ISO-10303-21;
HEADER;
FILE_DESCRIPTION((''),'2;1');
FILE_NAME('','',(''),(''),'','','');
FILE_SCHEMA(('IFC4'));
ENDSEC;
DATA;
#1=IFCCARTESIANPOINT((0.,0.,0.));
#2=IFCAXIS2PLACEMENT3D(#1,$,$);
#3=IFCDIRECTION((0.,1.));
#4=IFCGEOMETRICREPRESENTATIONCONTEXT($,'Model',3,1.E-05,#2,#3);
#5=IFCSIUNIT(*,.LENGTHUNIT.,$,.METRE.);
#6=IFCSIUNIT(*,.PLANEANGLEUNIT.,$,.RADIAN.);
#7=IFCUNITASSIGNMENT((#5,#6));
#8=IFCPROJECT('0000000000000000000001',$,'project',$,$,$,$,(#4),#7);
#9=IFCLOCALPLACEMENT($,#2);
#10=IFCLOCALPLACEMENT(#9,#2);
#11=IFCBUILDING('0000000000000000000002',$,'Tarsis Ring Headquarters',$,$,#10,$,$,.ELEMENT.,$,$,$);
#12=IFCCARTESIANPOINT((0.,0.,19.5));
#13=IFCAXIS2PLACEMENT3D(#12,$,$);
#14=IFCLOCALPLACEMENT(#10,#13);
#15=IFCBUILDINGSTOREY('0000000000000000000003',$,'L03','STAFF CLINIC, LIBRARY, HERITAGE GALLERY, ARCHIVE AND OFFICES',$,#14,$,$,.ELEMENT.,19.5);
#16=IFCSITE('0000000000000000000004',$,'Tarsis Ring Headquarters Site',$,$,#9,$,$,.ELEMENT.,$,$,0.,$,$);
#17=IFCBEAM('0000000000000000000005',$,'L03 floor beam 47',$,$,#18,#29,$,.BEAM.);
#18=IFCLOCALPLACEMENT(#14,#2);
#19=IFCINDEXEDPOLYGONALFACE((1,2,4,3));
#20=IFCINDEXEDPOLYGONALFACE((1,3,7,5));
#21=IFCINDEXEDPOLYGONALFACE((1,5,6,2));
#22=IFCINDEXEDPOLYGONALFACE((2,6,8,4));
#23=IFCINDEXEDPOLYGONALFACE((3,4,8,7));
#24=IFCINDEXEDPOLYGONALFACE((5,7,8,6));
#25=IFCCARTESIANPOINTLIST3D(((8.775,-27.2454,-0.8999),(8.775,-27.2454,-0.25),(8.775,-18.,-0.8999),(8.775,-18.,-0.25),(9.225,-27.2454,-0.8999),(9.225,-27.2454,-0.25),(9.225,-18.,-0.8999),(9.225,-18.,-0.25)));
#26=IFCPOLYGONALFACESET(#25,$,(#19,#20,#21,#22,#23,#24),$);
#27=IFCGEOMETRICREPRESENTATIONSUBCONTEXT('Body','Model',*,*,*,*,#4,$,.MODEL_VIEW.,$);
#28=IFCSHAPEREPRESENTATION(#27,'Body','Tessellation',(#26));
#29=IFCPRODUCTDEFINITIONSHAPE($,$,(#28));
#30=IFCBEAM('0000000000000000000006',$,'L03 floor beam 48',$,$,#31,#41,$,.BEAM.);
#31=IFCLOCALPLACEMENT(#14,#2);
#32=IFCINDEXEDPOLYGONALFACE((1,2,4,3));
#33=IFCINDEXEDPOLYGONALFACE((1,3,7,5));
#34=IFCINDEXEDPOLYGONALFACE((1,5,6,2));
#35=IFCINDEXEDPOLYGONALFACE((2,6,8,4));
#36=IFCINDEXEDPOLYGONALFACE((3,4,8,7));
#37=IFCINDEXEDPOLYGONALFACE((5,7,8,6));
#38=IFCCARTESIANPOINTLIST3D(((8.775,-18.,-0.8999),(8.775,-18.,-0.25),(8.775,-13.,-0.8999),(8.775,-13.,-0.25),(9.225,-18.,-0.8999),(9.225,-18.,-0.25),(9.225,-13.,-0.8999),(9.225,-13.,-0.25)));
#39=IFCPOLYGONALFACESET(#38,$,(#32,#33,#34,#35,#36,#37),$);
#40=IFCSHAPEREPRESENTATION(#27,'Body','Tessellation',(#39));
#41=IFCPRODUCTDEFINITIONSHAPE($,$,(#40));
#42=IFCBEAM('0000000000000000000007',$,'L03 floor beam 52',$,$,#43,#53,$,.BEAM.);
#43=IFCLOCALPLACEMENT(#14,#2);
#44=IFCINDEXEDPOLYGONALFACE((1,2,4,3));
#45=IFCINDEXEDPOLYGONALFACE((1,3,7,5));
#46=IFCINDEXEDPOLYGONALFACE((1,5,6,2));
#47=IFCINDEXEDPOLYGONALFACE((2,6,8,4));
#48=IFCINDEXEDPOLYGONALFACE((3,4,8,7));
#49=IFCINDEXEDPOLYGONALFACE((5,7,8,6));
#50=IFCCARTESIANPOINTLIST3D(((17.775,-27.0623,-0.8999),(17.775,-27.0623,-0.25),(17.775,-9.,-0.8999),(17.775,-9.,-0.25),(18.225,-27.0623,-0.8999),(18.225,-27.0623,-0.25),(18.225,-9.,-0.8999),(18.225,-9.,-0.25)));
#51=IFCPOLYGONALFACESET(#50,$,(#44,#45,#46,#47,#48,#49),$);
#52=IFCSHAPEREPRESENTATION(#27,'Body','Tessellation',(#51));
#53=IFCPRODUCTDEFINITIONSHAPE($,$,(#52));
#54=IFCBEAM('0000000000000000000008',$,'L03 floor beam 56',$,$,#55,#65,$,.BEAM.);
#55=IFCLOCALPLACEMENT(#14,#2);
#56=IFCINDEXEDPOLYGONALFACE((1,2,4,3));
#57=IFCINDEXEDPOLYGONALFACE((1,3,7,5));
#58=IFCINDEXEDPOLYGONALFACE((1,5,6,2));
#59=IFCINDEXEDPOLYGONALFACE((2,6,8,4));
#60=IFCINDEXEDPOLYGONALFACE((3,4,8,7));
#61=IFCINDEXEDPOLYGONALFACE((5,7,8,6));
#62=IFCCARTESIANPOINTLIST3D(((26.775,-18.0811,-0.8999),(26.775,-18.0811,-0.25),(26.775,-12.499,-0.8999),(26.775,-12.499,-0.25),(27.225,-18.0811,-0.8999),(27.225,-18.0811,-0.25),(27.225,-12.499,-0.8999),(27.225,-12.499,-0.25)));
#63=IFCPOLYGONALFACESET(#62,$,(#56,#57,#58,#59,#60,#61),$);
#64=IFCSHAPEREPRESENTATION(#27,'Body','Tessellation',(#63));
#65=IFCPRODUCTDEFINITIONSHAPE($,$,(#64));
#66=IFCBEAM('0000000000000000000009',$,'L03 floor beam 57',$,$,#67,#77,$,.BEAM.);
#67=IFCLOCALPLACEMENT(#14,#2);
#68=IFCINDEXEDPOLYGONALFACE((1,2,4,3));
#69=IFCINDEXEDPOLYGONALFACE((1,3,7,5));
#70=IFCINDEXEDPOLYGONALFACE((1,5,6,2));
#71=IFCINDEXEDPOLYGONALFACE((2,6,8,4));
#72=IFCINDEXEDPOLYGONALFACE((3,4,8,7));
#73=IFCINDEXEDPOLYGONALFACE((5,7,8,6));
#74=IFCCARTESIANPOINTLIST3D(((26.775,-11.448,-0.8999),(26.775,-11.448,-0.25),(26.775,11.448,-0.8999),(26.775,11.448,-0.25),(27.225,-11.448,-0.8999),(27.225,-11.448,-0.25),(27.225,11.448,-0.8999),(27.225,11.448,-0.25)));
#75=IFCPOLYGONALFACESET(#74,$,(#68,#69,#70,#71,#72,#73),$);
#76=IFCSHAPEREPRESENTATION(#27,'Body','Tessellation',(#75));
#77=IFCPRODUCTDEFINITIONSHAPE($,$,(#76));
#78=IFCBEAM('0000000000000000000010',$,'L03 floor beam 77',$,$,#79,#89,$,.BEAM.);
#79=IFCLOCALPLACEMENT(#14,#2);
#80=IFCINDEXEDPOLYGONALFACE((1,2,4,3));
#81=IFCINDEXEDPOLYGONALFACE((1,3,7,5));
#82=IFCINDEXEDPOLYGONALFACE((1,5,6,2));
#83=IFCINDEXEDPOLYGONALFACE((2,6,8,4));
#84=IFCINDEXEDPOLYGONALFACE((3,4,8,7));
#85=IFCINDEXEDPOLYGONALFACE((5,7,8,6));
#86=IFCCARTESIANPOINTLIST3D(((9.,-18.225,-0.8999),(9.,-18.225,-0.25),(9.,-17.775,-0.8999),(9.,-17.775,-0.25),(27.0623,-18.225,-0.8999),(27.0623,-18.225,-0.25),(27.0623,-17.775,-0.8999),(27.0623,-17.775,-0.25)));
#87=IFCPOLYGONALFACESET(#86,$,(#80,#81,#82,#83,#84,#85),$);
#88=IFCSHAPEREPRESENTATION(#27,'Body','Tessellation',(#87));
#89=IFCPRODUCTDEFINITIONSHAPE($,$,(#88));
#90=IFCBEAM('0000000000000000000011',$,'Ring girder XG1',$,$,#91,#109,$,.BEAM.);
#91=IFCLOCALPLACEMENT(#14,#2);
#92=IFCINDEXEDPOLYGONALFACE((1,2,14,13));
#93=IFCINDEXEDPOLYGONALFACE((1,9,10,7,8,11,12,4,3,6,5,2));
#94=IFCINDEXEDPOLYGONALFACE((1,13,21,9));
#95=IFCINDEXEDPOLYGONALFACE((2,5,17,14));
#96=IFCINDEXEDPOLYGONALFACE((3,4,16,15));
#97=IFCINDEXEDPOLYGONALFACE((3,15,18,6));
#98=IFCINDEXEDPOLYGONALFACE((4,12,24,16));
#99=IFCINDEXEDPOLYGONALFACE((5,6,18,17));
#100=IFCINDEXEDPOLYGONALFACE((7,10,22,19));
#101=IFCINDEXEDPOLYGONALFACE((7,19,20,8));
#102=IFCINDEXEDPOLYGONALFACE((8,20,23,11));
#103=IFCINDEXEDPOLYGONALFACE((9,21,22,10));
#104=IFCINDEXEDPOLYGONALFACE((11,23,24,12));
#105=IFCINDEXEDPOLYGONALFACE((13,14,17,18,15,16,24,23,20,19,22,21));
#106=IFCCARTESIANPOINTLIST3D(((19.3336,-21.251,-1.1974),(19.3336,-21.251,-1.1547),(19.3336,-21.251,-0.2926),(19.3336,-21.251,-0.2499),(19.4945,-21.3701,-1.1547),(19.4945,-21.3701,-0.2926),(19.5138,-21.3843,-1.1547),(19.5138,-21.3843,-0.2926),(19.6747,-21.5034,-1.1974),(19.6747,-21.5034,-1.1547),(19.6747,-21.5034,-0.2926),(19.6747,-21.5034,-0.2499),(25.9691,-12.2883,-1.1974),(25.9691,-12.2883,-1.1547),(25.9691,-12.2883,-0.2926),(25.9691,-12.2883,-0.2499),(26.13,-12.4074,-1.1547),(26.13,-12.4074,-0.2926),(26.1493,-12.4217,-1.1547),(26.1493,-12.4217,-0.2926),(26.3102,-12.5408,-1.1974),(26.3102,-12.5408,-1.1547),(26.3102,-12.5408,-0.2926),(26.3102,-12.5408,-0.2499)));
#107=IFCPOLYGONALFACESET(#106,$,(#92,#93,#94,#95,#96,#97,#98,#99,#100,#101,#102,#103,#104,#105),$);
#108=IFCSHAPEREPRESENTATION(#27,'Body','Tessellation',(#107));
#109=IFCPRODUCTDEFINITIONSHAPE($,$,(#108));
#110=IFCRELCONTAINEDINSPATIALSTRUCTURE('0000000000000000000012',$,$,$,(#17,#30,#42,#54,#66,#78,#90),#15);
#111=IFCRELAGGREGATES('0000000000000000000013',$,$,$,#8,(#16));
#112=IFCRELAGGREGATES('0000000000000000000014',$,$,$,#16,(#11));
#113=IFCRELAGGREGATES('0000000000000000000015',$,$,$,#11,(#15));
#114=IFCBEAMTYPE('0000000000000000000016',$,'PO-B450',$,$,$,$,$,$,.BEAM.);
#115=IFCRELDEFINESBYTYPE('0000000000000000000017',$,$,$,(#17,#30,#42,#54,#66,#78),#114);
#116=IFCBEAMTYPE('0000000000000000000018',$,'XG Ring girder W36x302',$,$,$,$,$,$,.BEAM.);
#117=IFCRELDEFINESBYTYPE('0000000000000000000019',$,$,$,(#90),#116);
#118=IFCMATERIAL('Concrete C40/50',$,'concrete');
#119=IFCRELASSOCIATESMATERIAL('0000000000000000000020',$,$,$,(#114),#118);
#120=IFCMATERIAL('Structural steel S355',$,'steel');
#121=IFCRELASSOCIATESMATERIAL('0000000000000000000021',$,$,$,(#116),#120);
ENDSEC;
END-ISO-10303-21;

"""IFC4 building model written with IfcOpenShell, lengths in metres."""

from ifc_helpers import new_model, si_unit, direction, frame, origin, origin_2d, place, context, subcontext, project, spatial, rectangle, i_section, extrude, material, material_profile, profile_set, type_object, element, save


model = new_model("IFC4")

# Units and contexts
model_context = context("Model", 3, precision=1e-05, world=origin(), true_north=direction((0.0, 1.0)))
body_context = subcontext(model_context, "Body", "Model", "MODEL_VIEW")
ifc_project = project(units=[si_unit("LENGTHUNIT", "METRE"), si_unit("PLANEANGLEUNIT", "RADIAN")], contexts=[model_context])

# Site, building, storey
site_placement = place(None, origin())
site = spatial("IfcSite", under=ifc_project, at=site_placement, Name="Tarsis Ring Headquarters Site", CompositionType="ELEMENT", RefElevation=0.0)
building_placement = place(site_placement, origin())
building = spatial("IfcBuilding", under=site, at=building_placement, Name="Tarsis Ring Headquarters", CompositionType="ELEMENT")
storey_placement = place(building_placement, frame((0.0, 0.0, 19.5)))
storey = spatial("IfcBuildingStorey", under=building, at=storey_placement, Name="L03", Description="STAFF CLINIC, LIBRARY, HERITAGE GALLERY, ARCHIVE AND OFFICES", CompositionType="ELEMENT", Elevation=19.5)

# Beams
ifc_material_1 = material(Name="Concrete C40/50", Category="concrete")
ifc_material_profile_1 = material_profile(ifc_material_1, rectangle(XDim=0.45, YDim=0.6499, at=origin_2d()), Name="PO-B450")
ifc_profile_set_1 = profile_set([ifc_material_profile_1], Name="Concrete C40/50")
beam_type_1 = type_object("IfcBeamType", Name="PO-B450", PredefinedType="BEAM", material=ifc_profile_set_1)
beam_1_placement = place(storey_placement, frame((9.0, -27.2454, -0.575), z_axis=(0.0, 1.0, 0.0), x_axis=(-1.0, 0.0, 0.0)))
element("IfcBeam", 1, at=beam_1_placement, inside=storey, type_object=beam_type_1, Name="L03 floor beam 47", PredefinedType="BEAM", context=body_context, shape_type="SweptSolid", body=[
    extrude(rectangle(XDim=0.45, YDim=0.6499, at=origin_2d()), origin(), (0.0, 0.0, 1.0), 9.2454),
])
beam_2_placement = place(storey_placement, frame((9.0, -18.0, -0.575), z_axis=(0.0, 1.0, 0.0), x_axis=(-1.0, 0.0, 0.0)))
element("IfcBeam", 2, at=beam_2_placement, inside=storey, type_object=beam_type_1, Name="L03 floor beam 48", PredefinedType="BEAM", context=body_context, shape_type="SweptSolid", body=[
    extrude(rectangle(XDim=0.45, YDim=0.6499, at=origin_2d()), origin(), (0.0, 0.0, 1.0), 5.0),
])
beam_3_placement = place(storey_placement, frame((18.0, -27.0623, -0.575), z_axis=(0.0, 1.0, 0.0), x_axis=(-1.0, 0.0, 0.0)))
element("IfcBeam", 3, at=beam_3_placement, inside=storey, type_object=beam_type_1, Name="L03 floor beam 52", PredefinedType="BEAM", context=body_context, shape_type="SweptSolid", body=[
    extrude(rectangle(XDim=0.45, YDim=0.6499, at=origin_2d()), origin(), (0.0, 0.0, 1.0), 18.0623),
])
beam_4_placement = place(storey_placement, frame((27.0, -18.0811, -0.575), z_axis=(0.0, 1.0, 0.0), x_axis=(-1.0, 0.0, 0.0)))
element("IfcBeam", 4, at=beam_4_placement, inside=storey, type_object=beam_type_1, Name="L03 floor beam 56", PredefinedType="BEAM", context=body_context, shape_type="SweptSolid", body=[
    extrude(rectangle(XDim=0.45, YDim=0.6499, at=origin_2d()), origin(), (0.0, 0.0, 1.0), 5.582),
])
beam_5_placement = place(storey_placement, frame((27.0, -11.448, -0.575), z_axis=(0.0, 1.0, 0.0), x_axis=(-1.0, 0.0, 0.0)))
element("IfcBeam", 5, at=beam_5_placement, inside=storey, type_object=beam_type_1, Name="L03 floor beam 57", PredefinedType="BEAM", context=body_context, shape_type="SweptSolid", body=[
    extrude(rectangle(XDim=0.45, YDim=0.6499, at=origin_2d()), origin(), (0.0, 0.0, 1.0), 22.896),
])
beam_6_placement = place(storey_placement, frame((9.0, -18.0, -0.575), z_axis=(1.0, 0.0, 0.0), x_axis=(0.0, 1.0, 0.0)))
element("IfcBeam", 6, at=beam_6_placement, inside=storey, type_object=beam_type_1, Name="L03 floor beam 77", PredefinedType="BEAM", context=body_context, shape_type="SweptSolid", body=[
    extrude(rectangle(XDim=0.45, YDim=0.6499, at=origin_2d()), origin(), (0.0, 0.0, 1.0), 18.0623),
])
ifc_material_2 = material(Name="Structural steel S355", Category="steel")
ifc_material_profile_2 = material_profile(ifc_material_2, i_section(OverallWidth=0.4243, OverallDepth=0.9475, WebThickness=0.0239, FlangeThickness=0.0427, at=origin_2d()), Name="W36x302")
ifc_profile_set_2 = profile_set([ifc_material_profile_2], Name="Structural steel S355")
beam_type_2 = type_object("IfcBeamType", Name="XG Ring girder W36x302", PredefinedType="BEAM", material=ifc_profile_set_2)
beam_7_placement = place(storey_placement, frame((19.5042, -21.3772, -0.7236), z_axis=(0.595025, 0.803707, 0.0), x_axis=(-0.803707, 0.595025, 0.0)))
element("IfcBeam", 7, at=beam_7_placement, inside=storey, type_object=beam_type_2, Name="Ring girder XG1", PredefinedType="BEAM", context=body_context, shape_type="SweptSolid", body=[
    extrude(i_section(OverallWidth=0.4243, OverallDepth=0.9475, WebThickness=0.0239, FlangeThickness=0.0427, at=origin_2d()), origin(), (0.0, 0.0, 1.0), 11.1516),
])

save(model, "model.ifc")
